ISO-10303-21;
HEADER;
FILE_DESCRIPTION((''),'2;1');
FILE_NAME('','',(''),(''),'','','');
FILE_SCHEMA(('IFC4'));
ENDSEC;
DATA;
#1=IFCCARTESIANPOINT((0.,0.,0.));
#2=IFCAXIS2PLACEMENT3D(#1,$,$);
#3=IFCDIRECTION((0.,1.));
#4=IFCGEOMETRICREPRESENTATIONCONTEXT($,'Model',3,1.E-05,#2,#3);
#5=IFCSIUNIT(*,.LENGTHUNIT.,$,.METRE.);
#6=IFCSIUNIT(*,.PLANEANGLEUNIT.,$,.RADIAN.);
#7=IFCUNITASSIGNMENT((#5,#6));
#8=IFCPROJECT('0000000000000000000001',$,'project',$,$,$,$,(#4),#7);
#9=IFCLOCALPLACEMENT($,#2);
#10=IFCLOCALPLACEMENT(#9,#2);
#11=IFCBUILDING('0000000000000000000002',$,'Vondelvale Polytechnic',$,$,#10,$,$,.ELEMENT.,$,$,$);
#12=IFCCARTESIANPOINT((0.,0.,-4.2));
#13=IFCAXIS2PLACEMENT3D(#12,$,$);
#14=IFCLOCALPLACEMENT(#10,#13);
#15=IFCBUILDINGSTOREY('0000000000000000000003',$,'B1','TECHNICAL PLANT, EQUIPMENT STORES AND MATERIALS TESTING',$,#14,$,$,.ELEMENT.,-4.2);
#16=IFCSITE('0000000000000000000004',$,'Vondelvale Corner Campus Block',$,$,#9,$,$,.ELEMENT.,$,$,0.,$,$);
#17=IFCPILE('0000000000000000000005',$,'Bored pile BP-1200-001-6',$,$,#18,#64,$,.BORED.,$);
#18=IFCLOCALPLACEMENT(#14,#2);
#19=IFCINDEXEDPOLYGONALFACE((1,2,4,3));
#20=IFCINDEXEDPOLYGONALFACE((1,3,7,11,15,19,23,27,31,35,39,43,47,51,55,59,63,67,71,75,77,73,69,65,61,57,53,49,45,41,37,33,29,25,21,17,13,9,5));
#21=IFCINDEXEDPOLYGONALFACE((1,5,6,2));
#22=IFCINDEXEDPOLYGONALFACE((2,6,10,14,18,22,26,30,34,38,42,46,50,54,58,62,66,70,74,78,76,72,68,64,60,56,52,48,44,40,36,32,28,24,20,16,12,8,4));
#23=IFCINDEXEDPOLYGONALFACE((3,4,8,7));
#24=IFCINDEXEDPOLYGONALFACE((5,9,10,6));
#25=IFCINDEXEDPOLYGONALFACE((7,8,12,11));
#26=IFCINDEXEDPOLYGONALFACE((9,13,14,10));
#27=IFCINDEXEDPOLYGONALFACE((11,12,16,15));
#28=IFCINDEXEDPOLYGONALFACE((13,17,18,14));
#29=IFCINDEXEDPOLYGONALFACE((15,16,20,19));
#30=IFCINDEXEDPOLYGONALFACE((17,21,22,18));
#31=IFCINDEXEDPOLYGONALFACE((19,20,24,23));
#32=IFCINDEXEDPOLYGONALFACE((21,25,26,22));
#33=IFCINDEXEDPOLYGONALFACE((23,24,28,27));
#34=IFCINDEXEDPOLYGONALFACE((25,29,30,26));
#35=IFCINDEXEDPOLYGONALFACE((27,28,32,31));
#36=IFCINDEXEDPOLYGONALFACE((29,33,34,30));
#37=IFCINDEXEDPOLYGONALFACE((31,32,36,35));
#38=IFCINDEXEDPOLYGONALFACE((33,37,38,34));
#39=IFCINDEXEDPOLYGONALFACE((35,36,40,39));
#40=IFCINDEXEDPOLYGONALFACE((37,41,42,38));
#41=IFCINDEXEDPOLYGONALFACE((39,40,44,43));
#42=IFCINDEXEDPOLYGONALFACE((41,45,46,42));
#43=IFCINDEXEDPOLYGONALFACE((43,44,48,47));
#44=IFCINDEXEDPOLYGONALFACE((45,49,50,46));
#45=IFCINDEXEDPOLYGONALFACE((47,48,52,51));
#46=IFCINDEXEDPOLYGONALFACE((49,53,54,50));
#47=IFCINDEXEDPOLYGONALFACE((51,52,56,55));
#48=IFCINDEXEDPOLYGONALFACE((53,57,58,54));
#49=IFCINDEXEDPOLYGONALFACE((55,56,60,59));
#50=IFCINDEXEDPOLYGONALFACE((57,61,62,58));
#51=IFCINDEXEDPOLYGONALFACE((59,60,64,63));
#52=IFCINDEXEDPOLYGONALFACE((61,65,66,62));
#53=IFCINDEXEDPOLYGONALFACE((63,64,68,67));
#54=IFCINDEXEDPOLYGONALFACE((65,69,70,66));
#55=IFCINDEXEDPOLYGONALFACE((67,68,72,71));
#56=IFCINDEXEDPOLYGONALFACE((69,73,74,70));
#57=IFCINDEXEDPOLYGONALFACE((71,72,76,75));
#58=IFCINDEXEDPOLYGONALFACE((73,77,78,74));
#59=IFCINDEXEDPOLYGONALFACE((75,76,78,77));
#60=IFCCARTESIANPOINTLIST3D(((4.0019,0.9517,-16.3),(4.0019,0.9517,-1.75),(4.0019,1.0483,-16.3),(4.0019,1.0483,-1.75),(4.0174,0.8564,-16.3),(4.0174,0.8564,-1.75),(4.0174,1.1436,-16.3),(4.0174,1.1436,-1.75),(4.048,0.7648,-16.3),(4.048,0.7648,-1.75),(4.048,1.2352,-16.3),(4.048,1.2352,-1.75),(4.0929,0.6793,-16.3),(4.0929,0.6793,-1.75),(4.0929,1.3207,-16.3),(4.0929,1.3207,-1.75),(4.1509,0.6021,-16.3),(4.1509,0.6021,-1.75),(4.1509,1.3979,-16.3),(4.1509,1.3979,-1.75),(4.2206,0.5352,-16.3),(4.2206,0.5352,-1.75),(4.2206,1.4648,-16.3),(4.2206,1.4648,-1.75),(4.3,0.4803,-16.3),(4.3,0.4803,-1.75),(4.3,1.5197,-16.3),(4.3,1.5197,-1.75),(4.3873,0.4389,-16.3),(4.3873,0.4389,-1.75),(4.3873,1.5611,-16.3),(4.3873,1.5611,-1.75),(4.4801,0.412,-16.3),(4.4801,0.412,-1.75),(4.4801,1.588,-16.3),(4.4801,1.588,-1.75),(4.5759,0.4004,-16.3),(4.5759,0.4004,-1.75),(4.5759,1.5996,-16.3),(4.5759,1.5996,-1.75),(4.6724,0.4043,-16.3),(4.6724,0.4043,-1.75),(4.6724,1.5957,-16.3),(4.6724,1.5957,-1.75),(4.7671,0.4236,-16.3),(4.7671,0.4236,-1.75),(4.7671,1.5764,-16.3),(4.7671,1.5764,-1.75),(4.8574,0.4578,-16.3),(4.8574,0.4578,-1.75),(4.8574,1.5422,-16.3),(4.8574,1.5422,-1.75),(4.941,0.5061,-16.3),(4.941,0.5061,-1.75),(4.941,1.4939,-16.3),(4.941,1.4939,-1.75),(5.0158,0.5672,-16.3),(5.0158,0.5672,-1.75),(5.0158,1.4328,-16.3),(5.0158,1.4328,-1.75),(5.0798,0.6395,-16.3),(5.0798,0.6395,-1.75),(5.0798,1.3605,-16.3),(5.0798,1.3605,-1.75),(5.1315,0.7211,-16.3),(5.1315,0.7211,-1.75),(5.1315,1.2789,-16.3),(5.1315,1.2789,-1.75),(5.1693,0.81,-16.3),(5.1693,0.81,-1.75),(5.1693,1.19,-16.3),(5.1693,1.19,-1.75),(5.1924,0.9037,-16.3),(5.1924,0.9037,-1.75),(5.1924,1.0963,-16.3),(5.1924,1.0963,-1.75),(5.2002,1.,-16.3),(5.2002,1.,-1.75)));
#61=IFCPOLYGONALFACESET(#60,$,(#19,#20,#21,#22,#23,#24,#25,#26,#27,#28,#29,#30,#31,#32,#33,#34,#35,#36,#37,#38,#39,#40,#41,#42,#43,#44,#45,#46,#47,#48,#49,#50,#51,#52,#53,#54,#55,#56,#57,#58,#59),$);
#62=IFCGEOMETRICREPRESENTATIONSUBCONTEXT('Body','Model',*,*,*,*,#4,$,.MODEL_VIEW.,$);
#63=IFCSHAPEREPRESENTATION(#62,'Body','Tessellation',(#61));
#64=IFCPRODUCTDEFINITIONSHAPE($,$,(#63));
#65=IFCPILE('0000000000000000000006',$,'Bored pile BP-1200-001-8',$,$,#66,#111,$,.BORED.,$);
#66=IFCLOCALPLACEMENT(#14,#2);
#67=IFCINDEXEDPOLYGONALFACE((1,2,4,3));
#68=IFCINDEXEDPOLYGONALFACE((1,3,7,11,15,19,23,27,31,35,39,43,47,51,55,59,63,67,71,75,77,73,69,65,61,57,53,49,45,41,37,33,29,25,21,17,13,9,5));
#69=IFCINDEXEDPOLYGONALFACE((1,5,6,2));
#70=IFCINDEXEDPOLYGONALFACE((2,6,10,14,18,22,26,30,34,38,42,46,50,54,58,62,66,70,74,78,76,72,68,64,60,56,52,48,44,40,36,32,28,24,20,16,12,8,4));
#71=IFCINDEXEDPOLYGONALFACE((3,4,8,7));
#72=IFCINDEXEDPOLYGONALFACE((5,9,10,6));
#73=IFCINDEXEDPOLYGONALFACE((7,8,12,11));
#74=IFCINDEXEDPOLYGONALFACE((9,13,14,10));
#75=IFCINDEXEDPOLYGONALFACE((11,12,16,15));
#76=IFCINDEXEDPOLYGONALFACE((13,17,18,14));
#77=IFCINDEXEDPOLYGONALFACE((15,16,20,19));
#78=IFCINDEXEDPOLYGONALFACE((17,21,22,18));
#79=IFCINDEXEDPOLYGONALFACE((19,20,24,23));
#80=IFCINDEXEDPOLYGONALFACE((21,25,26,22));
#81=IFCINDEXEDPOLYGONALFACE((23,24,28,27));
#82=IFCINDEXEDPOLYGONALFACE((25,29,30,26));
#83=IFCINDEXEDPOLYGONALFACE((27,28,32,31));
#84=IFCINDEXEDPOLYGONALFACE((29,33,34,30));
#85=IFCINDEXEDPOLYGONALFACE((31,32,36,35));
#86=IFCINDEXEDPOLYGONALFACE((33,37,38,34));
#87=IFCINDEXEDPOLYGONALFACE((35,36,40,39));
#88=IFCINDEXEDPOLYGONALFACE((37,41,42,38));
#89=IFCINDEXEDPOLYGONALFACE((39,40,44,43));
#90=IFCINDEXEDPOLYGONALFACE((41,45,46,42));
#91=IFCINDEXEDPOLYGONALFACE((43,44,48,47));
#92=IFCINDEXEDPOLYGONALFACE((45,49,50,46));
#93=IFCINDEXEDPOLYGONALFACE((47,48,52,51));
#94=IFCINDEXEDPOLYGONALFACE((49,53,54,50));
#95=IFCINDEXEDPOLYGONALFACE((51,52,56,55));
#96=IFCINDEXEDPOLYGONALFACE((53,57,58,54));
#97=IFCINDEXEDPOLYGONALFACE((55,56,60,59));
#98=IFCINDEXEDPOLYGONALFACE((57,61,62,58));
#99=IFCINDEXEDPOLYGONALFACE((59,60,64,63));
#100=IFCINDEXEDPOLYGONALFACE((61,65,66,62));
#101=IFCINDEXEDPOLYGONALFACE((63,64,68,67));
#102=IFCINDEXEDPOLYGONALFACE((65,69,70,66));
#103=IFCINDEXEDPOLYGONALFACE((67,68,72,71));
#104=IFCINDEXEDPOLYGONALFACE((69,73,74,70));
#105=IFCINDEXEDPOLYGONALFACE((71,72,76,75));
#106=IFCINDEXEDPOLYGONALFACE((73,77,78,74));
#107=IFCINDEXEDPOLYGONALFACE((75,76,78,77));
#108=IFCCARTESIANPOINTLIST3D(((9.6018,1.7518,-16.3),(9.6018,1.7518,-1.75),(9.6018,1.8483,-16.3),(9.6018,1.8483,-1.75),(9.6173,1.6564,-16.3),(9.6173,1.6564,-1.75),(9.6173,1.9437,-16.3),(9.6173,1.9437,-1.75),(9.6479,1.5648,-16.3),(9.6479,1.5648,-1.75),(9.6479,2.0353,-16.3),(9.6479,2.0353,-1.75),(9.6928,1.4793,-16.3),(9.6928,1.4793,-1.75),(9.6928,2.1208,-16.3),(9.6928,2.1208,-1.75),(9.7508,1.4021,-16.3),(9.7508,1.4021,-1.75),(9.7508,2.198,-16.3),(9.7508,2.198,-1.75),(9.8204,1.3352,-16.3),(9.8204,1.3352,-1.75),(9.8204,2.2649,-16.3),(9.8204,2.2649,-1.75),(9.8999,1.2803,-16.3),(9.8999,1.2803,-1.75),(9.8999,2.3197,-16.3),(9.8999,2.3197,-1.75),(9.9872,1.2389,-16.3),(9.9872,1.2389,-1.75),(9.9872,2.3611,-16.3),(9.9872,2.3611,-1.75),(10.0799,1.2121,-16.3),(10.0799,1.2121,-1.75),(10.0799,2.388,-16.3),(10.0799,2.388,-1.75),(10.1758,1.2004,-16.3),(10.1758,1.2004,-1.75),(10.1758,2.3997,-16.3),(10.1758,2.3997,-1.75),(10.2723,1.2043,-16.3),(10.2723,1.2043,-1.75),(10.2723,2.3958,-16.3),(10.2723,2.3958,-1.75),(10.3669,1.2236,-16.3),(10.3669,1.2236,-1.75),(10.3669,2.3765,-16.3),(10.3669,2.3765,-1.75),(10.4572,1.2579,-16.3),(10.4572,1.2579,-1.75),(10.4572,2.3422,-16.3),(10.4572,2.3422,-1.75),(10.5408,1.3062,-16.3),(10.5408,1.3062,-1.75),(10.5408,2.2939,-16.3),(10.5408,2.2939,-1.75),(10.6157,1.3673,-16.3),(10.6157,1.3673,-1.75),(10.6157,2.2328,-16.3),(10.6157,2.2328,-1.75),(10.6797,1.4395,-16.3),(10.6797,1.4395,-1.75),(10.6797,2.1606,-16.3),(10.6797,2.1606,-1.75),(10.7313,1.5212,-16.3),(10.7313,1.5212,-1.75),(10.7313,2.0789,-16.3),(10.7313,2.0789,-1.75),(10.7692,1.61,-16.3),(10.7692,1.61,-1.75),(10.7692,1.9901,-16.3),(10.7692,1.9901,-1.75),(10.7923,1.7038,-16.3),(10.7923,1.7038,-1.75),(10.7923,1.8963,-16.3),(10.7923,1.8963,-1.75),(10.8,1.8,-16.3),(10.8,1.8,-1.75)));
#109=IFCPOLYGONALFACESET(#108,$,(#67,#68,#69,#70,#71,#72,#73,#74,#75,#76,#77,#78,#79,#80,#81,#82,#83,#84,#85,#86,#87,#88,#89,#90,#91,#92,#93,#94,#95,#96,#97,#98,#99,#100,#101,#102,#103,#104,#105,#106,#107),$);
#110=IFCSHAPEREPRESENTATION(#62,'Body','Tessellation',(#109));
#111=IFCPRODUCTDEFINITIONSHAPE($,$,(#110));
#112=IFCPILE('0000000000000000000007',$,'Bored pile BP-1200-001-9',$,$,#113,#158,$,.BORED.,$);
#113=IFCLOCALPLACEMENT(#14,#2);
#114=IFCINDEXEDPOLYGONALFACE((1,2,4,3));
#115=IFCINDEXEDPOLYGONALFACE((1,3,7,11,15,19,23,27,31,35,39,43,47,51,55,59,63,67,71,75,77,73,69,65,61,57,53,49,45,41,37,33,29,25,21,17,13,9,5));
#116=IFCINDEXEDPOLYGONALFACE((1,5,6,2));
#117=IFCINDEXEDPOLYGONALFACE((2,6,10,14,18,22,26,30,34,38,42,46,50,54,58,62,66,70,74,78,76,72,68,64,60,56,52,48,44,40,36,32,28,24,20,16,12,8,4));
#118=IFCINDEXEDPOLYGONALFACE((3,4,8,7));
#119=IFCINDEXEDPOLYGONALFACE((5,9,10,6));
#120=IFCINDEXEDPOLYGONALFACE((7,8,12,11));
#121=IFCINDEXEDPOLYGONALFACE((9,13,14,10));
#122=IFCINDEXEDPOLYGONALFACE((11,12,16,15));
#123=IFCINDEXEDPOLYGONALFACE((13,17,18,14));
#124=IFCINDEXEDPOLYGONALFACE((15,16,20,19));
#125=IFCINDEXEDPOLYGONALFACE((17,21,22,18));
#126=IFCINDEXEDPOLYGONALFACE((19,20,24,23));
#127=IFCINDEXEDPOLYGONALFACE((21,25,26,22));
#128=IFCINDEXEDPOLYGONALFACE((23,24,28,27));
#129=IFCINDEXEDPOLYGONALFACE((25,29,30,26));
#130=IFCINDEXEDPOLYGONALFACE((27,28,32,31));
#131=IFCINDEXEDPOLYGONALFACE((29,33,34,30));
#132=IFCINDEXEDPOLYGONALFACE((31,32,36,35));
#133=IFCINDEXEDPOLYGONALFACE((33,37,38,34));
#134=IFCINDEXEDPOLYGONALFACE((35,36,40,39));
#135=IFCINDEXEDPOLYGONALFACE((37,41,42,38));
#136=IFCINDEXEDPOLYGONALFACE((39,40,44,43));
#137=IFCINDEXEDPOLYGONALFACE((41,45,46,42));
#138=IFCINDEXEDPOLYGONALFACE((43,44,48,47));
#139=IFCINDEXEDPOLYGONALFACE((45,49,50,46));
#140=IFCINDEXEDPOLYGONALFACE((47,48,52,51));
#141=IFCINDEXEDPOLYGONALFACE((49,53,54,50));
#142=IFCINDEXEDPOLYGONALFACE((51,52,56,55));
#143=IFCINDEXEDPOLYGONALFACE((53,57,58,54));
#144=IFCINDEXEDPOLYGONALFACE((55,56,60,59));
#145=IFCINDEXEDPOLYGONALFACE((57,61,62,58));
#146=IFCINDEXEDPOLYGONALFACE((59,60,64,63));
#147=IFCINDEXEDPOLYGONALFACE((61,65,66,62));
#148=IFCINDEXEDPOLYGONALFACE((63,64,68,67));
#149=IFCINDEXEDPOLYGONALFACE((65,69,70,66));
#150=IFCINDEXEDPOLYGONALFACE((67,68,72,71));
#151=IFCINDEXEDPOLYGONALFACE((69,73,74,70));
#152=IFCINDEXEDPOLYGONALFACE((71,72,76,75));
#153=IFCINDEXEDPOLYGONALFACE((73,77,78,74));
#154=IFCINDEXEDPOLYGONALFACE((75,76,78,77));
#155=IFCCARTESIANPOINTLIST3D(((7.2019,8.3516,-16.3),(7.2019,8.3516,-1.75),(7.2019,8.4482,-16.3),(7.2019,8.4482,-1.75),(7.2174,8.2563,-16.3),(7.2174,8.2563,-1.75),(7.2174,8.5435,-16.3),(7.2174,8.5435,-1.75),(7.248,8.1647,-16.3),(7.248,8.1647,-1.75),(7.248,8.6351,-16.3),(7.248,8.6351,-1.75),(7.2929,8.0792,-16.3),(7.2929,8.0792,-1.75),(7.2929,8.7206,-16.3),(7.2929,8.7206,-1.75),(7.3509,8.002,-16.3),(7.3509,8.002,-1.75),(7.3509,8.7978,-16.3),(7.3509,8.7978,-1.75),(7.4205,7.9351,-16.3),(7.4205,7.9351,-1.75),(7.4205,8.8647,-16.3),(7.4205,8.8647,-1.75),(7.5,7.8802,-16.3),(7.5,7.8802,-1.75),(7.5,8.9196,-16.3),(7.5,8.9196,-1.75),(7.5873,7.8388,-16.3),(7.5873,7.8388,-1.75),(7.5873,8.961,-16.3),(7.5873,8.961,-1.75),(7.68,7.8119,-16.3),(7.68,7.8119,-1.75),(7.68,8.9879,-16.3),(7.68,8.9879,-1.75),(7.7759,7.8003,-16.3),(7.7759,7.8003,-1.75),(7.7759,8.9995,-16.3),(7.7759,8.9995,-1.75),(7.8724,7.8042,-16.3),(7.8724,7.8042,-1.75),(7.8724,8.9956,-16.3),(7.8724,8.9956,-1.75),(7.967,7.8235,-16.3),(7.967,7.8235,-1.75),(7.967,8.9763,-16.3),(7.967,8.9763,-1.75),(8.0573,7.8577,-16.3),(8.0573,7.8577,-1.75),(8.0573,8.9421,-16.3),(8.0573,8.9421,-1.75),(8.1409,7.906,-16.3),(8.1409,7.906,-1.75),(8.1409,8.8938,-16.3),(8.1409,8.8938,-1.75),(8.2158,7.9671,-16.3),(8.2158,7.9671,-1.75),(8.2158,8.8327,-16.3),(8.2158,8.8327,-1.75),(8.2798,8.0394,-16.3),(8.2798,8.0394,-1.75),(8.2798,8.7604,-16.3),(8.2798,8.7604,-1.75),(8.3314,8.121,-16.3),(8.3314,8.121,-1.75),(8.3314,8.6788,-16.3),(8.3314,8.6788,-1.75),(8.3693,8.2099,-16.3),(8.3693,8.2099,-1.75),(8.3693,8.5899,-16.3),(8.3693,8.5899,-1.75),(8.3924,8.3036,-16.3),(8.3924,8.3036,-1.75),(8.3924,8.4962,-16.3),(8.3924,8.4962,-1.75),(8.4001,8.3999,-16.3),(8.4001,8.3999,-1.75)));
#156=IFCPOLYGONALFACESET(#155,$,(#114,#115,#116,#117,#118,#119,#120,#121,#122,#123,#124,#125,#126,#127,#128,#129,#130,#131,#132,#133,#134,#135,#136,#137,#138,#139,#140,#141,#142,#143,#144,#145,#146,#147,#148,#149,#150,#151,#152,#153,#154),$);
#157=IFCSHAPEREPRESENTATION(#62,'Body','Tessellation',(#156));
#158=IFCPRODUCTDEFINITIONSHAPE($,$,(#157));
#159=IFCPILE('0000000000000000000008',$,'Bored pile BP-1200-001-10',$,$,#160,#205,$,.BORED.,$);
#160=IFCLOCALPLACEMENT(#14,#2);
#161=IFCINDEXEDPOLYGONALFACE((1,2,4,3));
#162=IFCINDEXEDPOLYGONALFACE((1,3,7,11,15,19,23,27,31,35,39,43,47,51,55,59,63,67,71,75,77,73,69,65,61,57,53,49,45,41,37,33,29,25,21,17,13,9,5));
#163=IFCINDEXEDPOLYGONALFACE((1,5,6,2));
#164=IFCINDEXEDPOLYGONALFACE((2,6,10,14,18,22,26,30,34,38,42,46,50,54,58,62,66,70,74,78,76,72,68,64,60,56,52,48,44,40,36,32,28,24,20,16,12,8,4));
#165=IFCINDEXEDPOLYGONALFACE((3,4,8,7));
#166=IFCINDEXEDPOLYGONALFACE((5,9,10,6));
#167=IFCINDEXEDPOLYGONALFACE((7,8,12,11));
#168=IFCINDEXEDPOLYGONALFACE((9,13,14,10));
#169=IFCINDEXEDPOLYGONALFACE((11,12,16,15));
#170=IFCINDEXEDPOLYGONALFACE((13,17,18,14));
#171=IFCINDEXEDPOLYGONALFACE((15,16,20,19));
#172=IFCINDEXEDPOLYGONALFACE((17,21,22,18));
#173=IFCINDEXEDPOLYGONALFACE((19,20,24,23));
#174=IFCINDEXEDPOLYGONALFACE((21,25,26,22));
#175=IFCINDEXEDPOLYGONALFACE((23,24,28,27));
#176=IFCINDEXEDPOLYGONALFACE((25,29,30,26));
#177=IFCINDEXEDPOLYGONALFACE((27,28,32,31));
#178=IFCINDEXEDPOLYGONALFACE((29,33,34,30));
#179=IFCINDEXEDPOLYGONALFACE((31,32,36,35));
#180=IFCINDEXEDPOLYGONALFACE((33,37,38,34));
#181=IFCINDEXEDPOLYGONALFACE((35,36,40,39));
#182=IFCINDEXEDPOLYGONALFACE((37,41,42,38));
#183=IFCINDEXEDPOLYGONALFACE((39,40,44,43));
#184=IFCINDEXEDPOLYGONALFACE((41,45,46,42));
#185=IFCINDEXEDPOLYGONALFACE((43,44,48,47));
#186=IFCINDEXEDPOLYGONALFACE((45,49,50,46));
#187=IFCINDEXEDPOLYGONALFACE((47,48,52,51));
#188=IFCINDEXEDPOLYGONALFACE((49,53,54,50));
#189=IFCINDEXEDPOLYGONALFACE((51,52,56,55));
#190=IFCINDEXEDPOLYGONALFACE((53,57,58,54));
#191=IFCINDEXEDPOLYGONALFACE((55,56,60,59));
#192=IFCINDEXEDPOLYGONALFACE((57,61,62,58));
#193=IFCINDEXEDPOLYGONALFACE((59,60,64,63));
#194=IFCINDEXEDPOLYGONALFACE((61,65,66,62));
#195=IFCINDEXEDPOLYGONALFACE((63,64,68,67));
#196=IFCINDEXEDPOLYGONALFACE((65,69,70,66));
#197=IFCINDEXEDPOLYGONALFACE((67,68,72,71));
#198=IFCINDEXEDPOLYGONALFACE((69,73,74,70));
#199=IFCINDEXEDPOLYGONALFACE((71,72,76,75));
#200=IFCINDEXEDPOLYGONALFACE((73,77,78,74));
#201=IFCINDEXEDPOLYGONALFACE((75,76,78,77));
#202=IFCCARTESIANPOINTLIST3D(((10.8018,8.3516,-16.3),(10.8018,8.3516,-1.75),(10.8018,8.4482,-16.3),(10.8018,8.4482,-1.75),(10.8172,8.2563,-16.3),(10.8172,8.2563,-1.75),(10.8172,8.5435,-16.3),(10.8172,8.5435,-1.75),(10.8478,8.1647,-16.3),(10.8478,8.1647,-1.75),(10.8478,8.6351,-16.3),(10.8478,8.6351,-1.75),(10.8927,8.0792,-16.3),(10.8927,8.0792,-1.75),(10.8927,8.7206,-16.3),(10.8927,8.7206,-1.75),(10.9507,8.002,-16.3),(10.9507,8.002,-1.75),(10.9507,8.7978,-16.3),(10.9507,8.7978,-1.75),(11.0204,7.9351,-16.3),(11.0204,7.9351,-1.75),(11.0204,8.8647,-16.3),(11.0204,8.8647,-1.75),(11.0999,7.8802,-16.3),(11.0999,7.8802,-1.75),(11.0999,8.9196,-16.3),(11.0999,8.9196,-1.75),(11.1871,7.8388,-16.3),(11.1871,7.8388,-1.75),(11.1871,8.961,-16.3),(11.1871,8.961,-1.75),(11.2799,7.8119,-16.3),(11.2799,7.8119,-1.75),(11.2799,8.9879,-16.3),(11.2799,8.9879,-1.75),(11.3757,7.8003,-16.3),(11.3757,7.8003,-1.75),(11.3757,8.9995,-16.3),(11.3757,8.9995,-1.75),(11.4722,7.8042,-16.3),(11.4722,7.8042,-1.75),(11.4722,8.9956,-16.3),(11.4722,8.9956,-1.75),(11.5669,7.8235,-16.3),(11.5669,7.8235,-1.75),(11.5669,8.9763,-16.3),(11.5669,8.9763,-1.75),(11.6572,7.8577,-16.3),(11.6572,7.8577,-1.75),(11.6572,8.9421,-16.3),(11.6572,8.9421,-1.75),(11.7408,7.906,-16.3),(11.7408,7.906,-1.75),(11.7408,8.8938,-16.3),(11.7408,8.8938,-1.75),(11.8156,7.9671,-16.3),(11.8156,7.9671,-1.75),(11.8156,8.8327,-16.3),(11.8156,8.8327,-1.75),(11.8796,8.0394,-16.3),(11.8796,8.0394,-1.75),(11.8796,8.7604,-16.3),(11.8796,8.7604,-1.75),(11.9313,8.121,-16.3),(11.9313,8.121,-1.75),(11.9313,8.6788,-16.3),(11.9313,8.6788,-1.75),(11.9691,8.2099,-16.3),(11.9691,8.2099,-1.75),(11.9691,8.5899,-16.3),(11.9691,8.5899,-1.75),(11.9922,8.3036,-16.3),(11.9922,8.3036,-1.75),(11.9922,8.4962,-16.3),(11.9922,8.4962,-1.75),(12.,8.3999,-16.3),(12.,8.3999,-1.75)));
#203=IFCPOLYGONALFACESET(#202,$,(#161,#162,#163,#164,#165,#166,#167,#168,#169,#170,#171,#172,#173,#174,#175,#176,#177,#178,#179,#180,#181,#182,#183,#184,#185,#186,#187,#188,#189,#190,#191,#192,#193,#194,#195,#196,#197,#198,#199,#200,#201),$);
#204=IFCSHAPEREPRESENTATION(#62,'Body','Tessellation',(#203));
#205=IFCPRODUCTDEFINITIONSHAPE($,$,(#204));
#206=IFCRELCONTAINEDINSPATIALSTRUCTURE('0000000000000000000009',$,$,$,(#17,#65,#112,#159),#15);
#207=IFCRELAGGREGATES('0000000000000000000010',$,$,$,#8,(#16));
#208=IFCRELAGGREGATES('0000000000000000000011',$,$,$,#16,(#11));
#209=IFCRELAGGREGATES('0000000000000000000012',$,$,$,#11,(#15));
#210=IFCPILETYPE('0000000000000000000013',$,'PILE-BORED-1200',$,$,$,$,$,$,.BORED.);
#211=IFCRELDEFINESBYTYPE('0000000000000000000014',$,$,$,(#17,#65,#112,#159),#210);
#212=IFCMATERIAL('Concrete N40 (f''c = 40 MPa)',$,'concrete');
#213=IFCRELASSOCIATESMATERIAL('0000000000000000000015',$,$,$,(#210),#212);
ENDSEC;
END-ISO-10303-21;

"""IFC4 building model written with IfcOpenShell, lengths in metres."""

from ifc_helpers import new_model, si_unit, direction, frame, origin, origin_2d, place, context, subcontext, project, spatial, circle, extrude, material, material_profile, profile_set, type_object, element, save


model = new_model("IFC4")

# Units and contexts
model_context = context("Model", 3, precision=1e-05, world=origin(), true_north=direction((0.0, 1.0)))
body_context = subcontext(model_context, "Body", "Model", "MODEL_VIEW")
ifc_project = project(units=[si_unit("LENGTHUNIT", "METRE"), si_unit("PLANEANGLEUNIT", "RADIAN")], contexts=[model_context])

# Site, building, storey
site_placement = place(None, origin())
site = spatial("IfcSite", under=ifc_project, at=site_placement, Name="Vondelvale Corner Campus Block", CompositionType="ELEMENT", RefElevation=0.0)
building_placement = place(site_placement, origin())
building = spatial("IfcBuilding", under=site, at=building_placement, Name="Vondelvale Polytechnic", CompositionType="ELEMENT")
storey_placement = place(building_placement, frame((0.0, 0.0, -4.2)))
storey = spatial("IfcBuildingStorey", under=building, at=storey_placement, Name="B1", Description="TECHNICAL PLANT, EQUIPMENT STORES AND MATERIALS TESTING", CompositionType="ELEMENT", Elevation=-4.2)

# Shared definitions
ifc_material_1 = material(Name="Concrete N40 (f'c = 40 MPa)", Category="concrete")

# Piles
ifc_material_profile_1 = material_profile(ifc_material_1, circle(Radius=0.6001, at=origin_2d()), Name="PILE-D1200")
ifc_profile_set_1 = profile_set([ifc_material_profile_1], Name="Concrete N40 (f'c = 40 MPa)")
pile_type_1 = type_object("IfcPileType", Name="PILE-BORED-1200", PredefinedType="BORED", material=ifc_profile_set_1)
for number, where, z_axis, x_axis, name in (
    (1, (4.6001, 1.0, -1.75), (0.0, 0.0, -1.0), (1.0, 0.0, 0.0), "Bored pile BP-1200-001-6"),
    (2, (10.2, 1.8, -1.75), (0.0, 0.0, -1.0), (1.0, 0.0, 0.0), "Bored pile BP-1200-001-8"),
    (3, (7.8, 8.3999, -1.75), (0.0, 0.0, -1.0), (1.0, 0.0, 0.0), "Bored pile BP-1200-001-9"),
    (4, (11.3999, 8.3999, -1.75), (0.0, 0.0, -1.0), (1.0, 0.0, 0.0), "Bored pile BP-1200-001-10"),
):
    element("IfcPile", number, at=place(storey_placement, frame(where, z_axis=z_axis, x_axis=x_axis)), inside=storey, type_object=pile_type_1, Name=name, PredefinedType="BORED", context=body_context, shape_type="SweptSolid", body=[
        extrude(circle(Radius=0.6001, at=origin_2d()), origin(), (0.0, 0.0, 1.0), 14.55),
    ])

save(model, "model.ifc")
